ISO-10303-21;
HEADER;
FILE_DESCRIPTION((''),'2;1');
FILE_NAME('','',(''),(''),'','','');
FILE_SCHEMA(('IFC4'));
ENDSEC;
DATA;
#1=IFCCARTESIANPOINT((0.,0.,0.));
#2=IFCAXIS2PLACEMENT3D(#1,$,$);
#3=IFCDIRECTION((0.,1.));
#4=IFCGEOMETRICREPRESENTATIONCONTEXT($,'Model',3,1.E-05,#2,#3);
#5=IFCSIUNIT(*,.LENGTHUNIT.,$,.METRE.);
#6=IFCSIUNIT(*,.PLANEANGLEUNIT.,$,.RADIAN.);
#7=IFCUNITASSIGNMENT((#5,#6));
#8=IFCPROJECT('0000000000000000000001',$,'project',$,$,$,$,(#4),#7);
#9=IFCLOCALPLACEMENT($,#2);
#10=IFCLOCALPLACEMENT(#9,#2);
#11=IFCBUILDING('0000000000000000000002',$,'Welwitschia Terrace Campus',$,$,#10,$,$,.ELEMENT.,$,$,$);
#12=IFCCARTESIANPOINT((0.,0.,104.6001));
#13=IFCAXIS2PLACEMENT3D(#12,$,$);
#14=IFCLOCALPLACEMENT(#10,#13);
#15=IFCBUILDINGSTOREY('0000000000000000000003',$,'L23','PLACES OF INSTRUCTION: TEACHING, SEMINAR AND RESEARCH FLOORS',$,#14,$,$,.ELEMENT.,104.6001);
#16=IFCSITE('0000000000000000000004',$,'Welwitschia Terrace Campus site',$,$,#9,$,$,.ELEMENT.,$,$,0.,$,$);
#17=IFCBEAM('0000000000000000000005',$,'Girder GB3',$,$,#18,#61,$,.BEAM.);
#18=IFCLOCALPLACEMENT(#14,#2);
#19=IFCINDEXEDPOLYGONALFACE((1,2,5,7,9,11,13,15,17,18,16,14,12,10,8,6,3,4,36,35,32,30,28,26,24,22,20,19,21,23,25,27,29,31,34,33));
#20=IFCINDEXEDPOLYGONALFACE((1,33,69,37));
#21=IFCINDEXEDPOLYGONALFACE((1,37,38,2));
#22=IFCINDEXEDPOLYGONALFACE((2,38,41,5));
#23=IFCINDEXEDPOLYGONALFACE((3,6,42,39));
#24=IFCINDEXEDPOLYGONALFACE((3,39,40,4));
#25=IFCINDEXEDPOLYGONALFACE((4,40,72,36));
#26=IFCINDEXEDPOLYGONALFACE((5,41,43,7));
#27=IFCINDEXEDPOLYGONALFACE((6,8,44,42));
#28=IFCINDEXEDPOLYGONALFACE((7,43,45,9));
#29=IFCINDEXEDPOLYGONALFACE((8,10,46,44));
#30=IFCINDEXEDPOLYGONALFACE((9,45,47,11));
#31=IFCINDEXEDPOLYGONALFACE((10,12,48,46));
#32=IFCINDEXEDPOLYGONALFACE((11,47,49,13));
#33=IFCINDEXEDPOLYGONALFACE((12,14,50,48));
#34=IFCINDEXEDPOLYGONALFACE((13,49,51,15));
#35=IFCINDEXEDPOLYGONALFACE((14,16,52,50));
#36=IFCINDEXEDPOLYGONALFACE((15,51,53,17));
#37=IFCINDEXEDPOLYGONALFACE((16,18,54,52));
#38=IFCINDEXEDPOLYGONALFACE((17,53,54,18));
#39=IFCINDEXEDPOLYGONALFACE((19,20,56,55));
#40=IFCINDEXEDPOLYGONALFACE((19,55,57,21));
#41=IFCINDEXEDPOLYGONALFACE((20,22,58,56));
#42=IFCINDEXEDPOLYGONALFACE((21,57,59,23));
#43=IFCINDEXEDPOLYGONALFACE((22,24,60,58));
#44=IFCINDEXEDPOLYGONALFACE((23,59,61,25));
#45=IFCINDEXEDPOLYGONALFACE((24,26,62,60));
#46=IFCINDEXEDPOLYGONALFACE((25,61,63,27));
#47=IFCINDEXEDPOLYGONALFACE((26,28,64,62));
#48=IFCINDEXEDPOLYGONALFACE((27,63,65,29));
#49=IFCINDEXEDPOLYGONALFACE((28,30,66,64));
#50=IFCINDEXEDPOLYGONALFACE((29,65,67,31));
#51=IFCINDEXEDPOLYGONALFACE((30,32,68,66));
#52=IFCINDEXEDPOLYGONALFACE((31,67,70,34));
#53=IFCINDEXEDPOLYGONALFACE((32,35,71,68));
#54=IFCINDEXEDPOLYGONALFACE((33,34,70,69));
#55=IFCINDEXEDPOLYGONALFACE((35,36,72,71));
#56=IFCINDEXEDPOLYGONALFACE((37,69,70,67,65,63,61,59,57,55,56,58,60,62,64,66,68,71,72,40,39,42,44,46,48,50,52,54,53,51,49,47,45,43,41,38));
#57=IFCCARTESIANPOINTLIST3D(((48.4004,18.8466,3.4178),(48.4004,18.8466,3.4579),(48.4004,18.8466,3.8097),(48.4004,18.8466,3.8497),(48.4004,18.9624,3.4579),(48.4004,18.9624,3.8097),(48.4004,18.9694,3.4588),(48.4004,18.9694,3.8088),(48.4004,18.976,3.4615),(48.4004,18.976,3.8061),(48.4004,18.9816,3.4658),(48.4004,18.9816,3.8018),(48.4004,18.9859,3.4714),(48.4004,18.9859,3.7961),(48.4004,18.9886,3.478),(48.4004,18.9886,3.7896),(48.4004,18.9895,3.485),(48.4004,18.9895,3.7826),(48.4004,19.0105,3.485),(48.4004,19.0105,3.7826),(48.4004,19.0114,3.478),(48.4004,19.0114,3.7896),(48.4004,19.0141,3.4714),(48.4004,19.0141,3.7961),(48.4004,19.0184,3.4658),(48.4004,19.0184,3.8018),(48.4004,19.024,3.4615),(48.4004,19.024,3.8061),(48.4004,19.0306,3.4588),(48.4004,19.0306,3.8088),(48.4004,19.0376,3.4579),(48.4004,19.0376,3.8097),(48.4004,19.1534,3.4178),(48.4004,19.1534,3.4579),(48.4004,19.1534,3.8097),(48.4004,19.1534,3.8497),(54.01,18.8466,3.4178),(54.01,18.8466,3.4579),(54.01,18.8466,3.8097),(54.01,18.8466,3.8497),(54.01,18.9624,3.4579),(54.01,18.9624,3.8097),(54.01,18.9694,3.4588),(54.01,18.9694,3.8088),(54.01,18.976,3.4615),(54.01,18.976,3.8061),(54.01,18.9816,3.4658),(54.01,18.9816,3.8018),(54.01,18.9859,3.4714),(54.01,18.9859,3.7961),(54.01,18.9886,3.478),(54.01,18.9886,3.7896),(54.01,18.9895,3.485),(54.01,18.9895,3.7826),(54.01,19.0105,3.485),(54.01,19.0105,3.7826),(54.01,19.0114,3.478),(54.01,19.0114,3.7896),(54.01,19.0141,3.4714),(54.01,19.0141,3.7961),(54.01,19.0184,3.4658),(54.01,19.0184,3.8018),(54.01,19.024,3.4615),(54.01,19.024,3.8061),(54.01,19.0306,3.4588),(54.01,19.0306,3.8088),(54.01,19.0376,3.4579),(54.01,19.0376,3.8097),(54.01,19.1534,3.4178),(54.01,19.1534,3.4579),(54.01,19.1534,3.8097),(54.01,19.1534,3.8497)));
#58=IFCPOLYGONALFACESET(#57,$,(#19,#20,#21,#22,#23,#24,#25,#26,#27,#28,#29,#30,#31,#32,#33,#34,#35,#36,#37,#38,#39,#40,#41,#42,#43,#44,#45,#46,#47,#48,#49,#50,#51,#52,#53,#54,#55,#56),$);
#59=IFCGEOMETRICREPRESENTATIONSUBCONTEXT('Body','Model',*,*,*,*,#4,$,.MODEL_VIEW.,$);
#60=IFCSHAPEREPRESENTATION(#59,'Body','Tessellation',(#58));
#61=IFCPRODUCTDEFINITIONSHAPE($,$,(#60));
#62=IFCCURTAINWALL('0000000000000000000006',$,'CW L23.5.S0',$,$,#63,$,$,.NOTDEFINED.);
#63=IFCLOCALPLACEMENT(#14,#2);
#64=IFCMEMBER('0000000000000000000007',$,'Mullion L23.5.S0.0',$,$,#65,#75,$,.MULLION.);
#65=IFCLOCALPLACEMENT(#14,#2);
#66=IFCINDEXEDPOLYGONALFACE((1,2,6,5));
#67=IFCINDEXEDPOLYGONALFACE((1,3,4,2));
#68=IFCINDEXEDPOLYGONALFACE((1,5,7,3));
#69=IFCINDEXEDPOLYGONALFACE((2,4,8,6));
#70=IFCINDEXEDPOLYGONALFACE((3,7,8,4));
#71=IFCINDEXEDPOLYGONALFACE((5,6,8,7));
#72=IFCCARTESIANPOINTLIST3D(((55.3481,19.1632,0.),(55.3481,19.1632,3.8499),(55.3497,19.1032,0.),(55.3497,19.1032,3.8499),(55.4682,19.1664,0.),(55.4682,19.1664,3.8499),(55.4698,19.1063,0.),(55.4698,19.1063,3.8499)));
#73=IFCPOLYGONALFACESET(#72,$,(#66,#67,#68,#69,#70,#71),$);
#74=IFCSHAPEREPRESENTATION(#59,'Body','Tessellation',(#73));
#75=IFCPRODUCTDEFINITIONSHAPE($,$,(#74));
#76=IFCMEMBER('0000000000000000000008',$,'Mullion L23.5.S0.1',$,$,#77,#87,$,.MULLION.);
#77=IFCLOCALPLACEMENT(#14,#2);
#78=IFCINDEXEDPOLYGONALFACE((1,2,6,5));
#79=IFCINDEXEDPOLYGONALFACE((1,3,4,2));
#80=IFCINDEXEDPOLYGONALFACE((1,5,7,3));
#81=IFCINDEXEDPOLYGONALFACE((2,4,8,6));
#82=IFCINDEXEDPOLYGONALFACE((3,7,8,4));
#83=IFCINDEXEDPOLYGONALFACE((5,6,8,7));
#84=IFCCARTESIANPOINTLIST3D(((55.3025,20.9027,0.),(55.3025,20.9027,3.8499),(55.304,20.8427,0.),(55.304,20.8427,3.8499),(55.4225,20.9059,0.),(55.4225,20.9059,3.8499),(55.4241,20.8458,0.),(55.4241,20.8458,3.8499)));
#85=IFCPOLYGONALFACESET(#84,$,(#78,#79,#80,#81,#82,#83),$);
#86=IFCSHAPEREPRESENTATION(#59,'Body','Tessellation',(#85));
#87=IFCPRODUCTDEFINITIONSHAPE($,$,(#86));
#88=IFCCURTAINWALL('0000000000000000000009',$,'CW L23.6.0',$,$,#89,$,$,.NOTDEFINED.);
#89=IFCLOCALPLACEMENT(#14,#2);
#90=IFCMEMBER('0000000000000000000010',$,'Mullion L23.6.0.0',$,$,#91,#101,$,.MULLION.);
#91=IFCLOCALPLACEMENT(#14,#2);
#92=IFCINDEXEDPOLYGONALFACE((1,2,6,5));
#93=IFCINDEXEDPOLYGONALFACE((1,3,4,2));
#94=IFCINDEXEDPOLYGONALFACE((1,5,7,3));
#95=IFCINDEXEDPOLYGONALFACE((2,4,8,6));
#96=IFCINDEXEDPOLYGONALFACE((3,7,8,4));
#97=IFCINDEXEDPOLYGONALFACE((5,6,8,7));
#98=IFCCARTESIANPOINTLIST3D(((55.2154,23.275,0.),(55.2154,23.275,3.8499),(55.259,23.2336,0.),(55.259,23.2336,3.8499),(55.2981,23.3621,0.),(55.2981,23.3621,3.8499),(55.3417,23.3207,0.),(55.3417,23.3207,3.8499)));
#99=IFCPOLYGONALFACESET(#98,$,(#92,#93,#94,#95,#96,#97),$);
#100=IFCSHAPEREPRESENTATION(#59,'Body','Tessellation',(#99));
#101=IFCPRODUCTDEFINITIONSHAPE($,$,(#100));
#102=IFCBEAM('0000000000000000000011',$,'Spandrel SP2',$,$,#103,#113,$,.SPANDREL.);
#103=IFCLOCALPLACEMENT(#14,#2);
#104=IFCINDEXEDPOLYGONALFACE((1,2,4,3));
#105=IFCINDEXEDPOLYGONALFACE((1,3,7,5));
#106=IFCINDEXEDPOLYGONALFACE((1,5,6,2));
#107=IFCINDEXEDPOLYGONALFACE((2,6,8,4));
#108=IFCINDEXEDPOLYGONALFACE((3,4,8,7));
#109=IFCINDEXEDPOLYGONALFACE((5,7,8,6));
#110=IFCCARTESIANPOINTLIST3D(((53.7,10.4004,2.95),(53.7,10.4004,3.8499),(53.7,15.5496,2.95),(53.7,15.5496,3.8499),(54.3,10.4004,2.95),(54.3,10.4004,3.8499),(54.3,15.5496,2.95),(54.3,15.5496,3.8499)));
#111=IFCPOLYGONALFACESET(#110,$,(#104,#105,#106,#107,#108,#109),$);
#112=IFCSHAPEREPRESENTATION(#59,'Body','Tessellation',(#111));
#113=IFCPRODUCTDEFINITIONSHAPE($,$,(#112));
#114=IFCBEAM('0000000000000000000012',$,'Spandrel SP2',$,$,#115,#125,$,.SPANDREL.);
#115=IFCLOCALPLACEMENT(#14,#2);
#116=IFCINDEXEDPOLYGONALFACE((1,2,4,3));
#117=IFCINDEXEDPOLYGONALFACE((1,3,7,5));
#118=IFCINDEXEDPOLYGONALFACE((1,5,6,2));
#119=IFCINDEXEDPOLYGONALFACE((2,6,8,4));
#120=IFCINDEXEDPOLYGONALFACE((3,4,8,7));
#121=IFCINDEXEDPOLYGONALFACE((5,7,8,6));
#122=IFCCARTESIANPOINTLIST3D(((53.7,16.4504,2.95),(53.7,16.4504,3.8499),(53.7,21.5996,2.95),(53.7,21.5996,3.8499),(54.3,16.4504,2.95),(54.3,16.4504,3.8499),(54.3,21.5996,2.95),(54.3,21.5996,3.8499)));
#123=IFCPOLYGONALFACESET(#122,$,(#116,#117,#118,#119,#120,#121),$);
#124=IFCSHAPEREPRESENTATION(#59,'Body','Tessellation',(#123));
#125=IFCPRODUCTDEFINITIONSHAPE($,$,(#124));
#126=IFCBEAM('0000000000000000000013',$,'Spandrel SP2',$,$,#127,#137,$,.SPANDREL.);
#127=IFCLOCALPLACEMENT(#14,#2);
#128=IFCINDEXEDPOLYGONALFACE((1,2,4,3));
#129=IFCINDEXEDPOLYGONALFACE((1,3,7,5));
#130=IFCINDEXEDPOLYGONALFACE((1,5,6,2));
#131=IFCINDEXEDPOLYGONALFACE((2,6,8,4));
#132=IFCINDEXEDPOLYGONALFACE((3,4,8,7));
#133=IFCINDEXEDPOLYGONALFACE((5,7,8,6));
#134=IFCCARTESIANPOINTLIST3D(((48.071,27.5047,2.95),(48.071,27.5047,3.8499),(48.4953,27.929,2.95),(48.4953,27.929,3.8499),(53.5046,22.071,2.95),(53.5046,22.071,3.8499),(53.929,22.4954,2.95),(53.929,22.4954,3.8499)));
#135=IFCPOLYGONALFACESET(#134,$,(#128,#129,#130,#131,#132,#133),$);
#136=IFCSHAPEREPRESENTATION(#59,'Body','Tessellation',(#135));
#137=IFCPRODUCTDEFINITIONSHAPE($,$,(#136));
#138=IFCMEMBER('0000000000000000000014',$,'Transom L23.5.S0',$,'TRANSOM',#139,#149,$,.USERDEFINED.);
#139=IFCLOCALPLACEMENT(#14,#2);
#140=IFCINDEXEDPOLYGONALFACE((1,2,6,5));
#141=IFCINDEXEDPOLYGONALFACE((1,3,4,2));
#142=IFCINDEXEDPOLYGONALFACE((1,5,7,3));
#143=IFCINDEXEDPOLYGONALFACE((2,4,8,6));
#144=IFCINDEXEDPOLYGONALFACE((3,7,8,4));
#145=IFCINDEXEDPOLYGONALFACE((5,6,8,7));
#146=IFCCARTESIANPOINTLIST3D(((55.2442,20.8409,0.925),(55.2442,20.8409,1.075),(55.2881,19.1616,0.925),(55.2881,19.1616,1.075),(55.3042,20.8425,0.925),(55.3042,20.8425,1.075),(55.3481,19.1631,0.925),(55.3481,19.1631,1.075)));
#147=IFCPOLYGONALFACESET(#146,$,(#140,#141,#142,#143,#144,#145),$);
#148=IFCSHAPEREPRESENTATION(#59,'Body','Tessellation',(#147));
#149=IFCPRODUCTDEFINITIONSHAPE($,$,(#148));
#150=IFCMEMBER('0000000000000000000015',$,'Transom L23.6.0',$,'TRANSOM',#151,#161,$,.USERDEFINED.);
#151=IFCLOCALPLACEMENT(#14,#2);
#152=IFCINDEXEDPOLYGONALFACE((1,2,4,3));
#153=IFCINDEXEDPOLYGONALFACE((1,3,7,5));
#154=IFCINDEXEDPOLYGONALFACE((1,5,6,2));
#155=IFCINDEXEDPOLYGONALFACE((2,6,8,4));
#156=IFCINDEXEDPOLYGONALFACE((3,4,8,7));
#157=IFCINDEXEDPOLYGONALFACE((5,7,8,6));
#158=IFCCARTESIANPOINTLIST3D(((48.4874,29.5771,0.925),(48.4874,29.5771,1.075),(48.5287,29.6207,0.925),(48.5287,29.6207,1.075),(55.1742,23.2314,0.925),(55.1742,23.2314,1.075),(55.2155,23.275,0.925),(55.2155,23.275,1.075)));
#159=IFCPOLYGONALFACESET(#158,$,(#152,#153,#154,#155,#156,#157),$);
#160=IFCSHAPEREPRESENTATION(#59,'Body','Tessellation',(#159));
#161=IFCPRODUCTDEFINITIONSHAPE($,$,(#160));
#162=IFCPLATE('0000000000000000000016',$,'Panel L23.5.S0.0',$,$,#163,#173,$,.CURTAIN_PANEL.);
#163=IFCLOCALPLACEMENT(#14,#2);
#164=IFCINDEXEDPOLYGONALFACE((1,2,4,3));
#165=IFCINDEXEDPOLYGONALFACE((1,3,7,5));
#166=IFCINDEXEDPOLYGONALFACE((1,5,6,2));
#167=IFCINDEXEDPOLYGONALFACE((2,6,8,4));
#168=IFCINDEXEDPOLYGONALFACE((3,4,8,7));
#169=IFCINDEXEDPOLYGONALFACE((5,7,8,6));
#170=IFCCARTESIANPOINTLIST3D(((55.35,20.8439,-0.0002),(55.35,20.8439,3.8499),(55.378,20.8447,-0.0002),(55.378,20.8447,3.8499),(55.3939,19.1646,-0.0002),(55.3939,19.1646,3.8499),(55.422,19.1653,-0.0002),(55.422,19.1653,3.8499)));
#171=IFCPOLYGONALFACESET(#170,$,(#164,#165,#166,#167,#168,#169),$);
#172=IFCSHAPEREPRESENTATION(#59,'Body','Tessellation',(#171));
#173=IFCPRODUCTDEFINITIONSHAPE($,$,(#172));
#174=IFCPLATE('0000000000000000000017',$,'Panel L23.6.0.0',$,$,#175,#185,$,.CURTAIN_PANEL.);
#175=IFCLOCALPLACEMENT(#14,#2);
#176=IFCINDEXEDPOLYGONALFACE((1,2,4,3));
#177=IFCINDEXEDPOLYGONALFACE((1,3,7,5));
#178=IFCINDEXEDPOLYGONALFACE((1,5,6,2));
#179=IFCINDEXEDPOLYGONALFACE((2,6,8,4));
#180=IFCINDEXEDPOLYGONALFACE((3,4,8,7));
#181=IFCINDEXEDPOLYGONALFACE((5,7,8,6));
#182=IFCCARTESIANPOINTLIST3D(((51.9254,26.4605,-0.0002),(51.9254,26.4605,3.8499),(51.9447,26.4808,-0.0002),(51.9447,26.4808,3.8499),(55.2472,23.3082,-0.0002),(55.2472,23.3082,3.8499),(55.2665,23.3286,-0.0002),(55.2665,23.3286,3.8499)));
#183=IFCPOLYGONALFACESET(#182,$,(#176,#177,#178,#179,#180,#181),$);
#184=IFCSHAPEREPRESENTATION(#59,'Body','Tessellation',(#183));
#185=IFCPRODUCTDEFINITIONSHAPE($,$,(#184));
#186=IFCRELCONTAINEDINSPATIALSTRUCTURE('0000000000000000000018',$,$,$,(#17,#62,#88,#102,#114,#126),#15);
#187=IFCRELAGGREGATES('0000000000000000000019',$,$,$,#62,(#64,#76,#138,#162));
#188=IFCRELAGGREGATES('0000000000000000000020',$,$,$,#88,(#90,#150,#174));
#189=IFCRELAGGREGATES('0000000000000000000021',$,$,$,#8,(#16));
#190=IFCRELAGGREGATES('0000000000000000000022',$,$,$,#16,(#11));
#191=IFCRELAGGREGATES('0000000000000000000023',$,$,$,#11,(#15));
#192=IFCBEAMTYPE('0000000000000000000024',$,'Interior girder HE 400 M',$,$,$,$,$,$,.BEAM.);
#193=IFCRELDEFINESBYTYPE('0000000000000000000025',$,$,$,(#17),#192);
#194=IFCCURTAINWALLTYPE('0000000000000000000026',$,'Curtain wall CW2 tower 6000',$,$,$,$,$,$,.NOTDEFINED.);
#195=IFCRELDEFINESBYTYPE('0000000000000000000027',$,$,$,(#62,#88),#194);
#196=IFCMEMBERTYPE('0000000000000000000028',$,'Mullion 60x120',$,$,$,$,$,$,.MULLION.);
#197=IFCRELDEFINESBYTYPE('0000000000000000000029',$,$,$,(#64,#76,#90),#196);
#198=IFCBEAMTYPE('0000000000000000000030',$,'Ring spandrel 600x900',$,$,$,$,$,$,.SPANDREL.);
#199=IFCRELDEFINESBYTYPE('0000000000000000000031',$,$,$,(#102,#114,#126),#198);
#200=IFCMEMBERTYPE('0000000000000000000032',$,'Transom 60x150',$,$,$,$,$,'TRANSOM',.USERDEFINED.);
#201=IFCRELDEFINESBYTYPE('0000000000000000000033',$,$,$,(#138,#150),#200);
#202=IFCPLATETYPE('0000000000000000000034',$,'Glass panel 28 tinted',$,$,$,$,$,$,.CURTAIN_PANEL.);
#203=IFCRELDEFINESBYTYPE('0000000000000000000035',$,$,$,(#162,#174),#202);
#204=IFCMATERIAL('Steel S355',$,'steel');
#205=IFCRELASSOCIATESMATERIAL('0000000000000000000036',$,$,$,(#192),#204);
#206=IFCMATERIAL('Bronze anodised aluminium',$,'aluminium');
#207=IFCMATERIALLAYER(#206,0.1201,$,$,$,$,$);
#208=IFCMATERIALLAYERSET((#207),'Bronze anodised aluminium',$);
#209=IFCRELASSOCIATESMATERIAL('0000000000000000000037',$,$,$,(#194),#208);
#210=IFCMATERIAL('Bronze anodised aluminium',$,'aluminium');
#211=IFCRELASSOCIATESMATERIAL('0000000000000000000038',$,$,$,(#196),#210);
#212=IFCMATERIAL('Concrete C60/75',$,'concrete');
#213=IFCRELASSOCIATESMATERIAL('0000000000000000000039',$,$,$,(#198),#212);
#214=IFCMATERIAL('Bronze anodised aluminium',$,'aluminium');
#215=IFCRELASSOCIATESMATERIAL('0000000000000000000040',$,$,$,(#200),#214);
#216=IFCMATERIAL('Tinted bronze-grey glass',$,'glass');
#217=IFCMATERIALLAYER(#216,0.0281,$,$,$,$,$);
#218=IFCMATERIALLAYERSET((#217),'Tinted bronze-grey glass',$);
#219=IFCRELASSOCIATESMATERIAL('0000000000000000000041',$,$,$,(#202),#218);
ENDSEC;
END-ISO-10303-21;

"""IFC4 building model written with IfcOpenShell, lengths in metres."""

from ifc_helpers import new_model, si_unit, direction, frame, origin, origin_2d, place, context, subcontext, project, spatial, rectangle, i_section, extrude, material, layer, layer_set, material_profile, profile_set, type_object, element, aggregate, save


model = new_model("IFC4")

# Units and contexts
model_context = context("Model", 3, precision=1e-05, world=origin(), true_north=direction((0.0, 1.0)))
body_context = subcontext(model_context, "Body", "Model", "MODEL_VIEW")
ifc_project = project(units=[si_unit("LENGTHUNIT", "METRE"), si_unit("PLANEANGLEUNIT", "RADIAN")], contexts=[model_context])

# Site, building, storey
site_placement = place(None, origin())
site = spatial("IfcSite", under=ifc_project, at=site_placement, Name="Welwitschia Terrace Campus site", CompositionType="ELEMENT", RefElevation=0.0)
building_placement = place(site_placement, origin())
building = spatial("IfcBuilding", under=site, at=building_placement, Name="Welwitschia Terrace Campus", CompositionType="ELEMENT")
storey_placement = place(building_placement, frame((0.0, 0.0, 104.6001)))
storey = spatial("IfcBuildingStorey", under=building, at=storey_placement, Name="L23", Description="PLACES OF INSTRUCTION: TEACHING, SEMINAR AND RESEARCH FLOORS", CompositionType="ELEMENT", Elevation=104.6001)

# Beam
ifc_material_1 = material(Name="Steel S355", Category="steel")
ifc_material_profile_1 = material_profile(ifc_material_1, i_section(OverallWidth=0.3069, OverallDepth=0.4319, WebThickness=0.021, FlangeThickness=0.04, FilletRadius=0.0271, at=origin_2d()))
ifc_profile_set_1 = profile_set([ifc_material_profile_1], Name="Steel S355")
beam_type_1 = type_object("IfcBeamType", Name="Interior girder HE 400 M", PredefinedType="BEAM", material=ifc_profile_set_1)
beam_1_placement = place(storey_placement, frame((48.4004, 19.0, 3.6338), z_axis=(1.0, 0.0, 0.0), x_axis=(0.0, 1.0, 0.0)))
element("IfcBeam", 1, at=beam_1_placement, inside=storey, type_object=beam_type_1, Name="Girder GB3", PredefinedType="BEAM", context=body_context, shape_type="SweptSolid", body=[
    extrude(i_section(OverallWidth=0.3069, OverallDepth=0.4319, WebThickness=0.021, FlangeThickness=0.04, FilletRadius=0.0271, at=origin_2d()), origin(), (0.0, 0.0, 1.0), 5.6096),
])

# Curtain wall, members
ifc_material_2 = material(Name="Bronze anodised aluminium", Category="aluminium")
ifc_layer_1 = layer(ifc_material_2, 0.1201)
ifc_layer_set_1 = layer_set([ifc_layer_1], Name="Bronze anodised aluminium")
curtain_wall_type = type_object("IfcCurtainWallType", Name="Curtain wall CW2 tower 6000", PredefinedType="NOTDEFINED", material=ifc_layer_set_1)
curtain_wall_1_placement = place(storey_placement, origin())
curtain_wall_1 = element("IfcCurtainWall", 2, at=curtain_wall_1_placement, inside=storey, type_object=curtain_wall_type, Name="CW L23.5.S0", PredefinedType="NOTDEFINED")
ifc_material_3 = material(Name="Bronze anodised aluminium", Category="aluminium")
ifc_material_profile_2 = material_profile(ifc_material_3, rectangle(XDim=0.1201, YDim=0.0601, at=origin_2d()))
ifc_profile_set_2 = profile_set([ifc_material_profile_2], Name="Bronze anodised aluminium")
member_type_1 = type_object("IfcMemberType", Name="Mullion 60x120", PredefinedType="MULLION", material=ifc_profile_set_2)
member_1_placement = place(storey_placement, frame((55.4089, 19.1348, 0.0), z_axis=(0.0, 0.0, 1.0), x_axis=(-0.999657, -0.026177, 0.0)))
member_1 = element("IfcMember", 3, at=member_1_placement, type_object=member_type_1, Name="Mullion L23.5.S0.0", PredefinedType="MULLION", context=body_context, shape_type="SweptSolid", body=[
    extrude(rectangle(XDim=0.1201, YDim=0.0601, at=origin_2d()), origin(), (0.0, 0.0, 1.0), 3.8499),
])
member_2_placement = place(storey_placement, frame((55.3633, 20.8743, 0.0), z_axis=(0.0, 0.0, 1.0), x_axis=(-0.999657, -0.026177, 0.0)))
member_2 = element("IfcMember", 4, at=member_2_placement, type_object=member_type_1, Name="Mullion L23.5.S0.1", PredefinedType="MULLION", context=body_context, shape_type="SweptSolid", body=[
    extrude(rectangle(XDim=0.1201, YDim=0.0601, at=origin_2d()), origin(), (0.0, 0.0, 1.0), 3.8499),
])

# Curtain wall, member
curtain_wall_2_placement = place(storey_placement, origin())
curtain_wall_2 = element("IfcCurtainWall", 5, at=curtain_wall_2_placement, inside=storey, type_object=curtain_wall_type, Name="CW L23.6.0", PredefinedType="NOTDEFINED")
member_3_placement = place(storey_placement, frame((55.2786, 23.2979, 0.0), z_axis=(0.0, 0.0, 1.0), x_axis=(-0.688355, -0.725374, 0.0)))
member_3 = element("IfcMember", 6, at=member_3_placement, type_object=member_type_1, Name="Mullion L23.6.0.0", PredefinedType="MULLION", context=body_context, shape_type="SweptSolid", body=[
    extrude(rectangle(XDim=0.1201, YDim=0.0601, at=origin_2d()), origin(), (0.0, 0.0, 1.0), 3.8499),
])

# Beams
ifc_material_4 = material(Name="Concrete C60/75", Category="concrete")
ifc_material_profile_3 = material_profile(ifc_material_4, rectangle(XDim=0.6001, YDim=0.8999, at=origin_2d()))
ifc_profile_set_3 = profile_set([ifc_material_profile_3], Name="Concrete C60/75")
beam_type_2 = type_object("IfcBeamType", Name="Ring spandrel 600x900", PredefinedType="SPANDREL", material=ifc_profile_set_3)
for number, where, z_axis, x_axis, name in (
    (7, (54.0, 10.4004, 3.3999), (0.0, 1.0, 0.0), (-1.0, 0.0, 0.0), "Spandrel SP2"),
    (8, (54.0, 16.4504, 3.3999), (0.0, 1.0, 0.0), (-1.0, 0.0, 0.0), "Spandrel SP2"),
):
    element("IfcBeam", number, at=place(storey_placement, frame(where, z_axis=z_axis, x_axis=x_axis)), inside=storey, type_object=beam_type_2, Name=name, PredefinedType="SPANDREL", context=body_context, shape_type="SweptSolid", body=[
        extrude(rectangle(XDim=0.6001, YDim=0.8999, at=origin_2d()), origin(), (0.0, 0.0, 1.0), 5.1492),
    ])
beam_2_placement = place(storey_placement, frame((53.7168, 22.2832, 3.3999), z_axis=(-0.707107, 0.707107, 0.0), x_axis=(-0.707107, -0.707107, 0.0)))
element("IfcBeam", 9, at=beam_2_placement, inside=storey, type_object=beam_type_2, Name="Spandrel SP2", PredefinedType="SPANDREL", context=body_context, shape_type="SweptSolid", body=[
    extrude(rectangle(XDim=0.6001, YDim=0.8999, at=origin_2d()), origin(), (0.0, 0.0, 1.0), 7.6843),
])

# Members
ifc_material_5 = material(Name="Bronze anodised aluminium", Category="aluminium")
ifc_material_profile_4 = material_profile(ifc_material_5, rectangle(XDim=0.0601, YDim=0.1499, at=origin_2d()))
ifc_profile_set_4 = profile_set([ifc_material_profile_4], Name="Bronze anodised aluminium")
member_type_2 = type_object("IfcMemberType", Name="Transom 60x150", ElementType="TRANSOM", PredefinedType="USERDEFINED", material=ifc_profile_set_4)
member_4_placement = place(storey_placement, frame((55.3181, 19.1624, 1.0), z_axis=(-0.026158, 0.999658, 0.0), x_axis=(-0.999658, -0.026158, 0.0)))
member_4 = element("IfcMember", 10, at=member_4_placement, type_object=member_type_2, Name="Transom L23.5.S0", ObjectType="TRANSOM", PredefinedType="USERDEFINED", context=body_context, shape_type="SweptSolid", body=[
    extrude(rectangle(XDim=0.0601, YDim=0.1499, at=origin_2d()), origin(), (0.0, 0.0, 1.0), 1.6799),
])
member_5_placement = place(storey_placement, frame((55.1948, 23.2532, 1.0), z_axis=(-0.725364, 0.688366, 0.0), x_axis=(-0.688366, -0.725364, 0.0)))
member_5 = element("IfcMember", 11, at=member_5_placement, type_object=member_type_2, Name="Transom L23.6.0", ObjectType="TRANSOM", PredefinedType="USERDEFINED", context=body_context, shape_type="SweptSolid", body=[
    extrude(rectangle(XDim=0.0601, YDim=0.1499, at=origin_2d()), origin(), (0.0, 0.0, 1.0), 9.2185),
])

# Plates
ifc_material_6 = material(Name="Tinted bronze-grey glass", Category="glass")
ifc_layer_2 = layer(ifc_material_6, 0.0281)
ifc_layer_set_2 = layer_set([ifc_layer_2], Name="Tinted bronze-grey glass")
plate_type = type_object("IfcPlateType", Name="Glass panel 28 tinted", PredefinedType="CURTAIN_PANEL", material=ifc_layer_set_2)
plate_1_placement = place(storey_placement, frame((55.386, 20.0046, -0.0002), z_axis=(0.0, 0.0, 1.0), x_axis=(-0.026177, 0.999657, 0.0)))
plate_1 = element("IfcPlate", 12, at=plate_1_placement, type_object=plate_type, Name="Panel L23.5.S0.0", PredefinedType="CURTAIN_PANEL", context=body_context, shape_type="SweptSolid", body=[
    extrude(rectangle(XDim=1.6799, YDim=0.0281, at=origin_2d()), origin(), (0.0, 0.0, 1.0), 3.8501),
])
aggregate(curtain_wall_1, [member_1, member_2, member_4, plate_1])
plate_2_placement = place(storey_placement, frame((53.5959, 24.8945, -0.0002), z_axis=(0.0, 0.0, 1.0), x_axis=(-0.725374, 0.688355, 0.0)))
plate_2 = element("IfcPlate", 13, at=plate_2_placement, type_object=plate_type, Name="Panel L23.6.0.0", PredefinedType="CURTAIN_PANEL", context=body_context, shape_type="SweptSolid", body=[
    extrude(rectangle(XDim=4.5793, YDim=0.0281, at=origin_2d()), origin(), (0.0, 0.0, 1.0), 3.8501),
])
aggregate(curtain_wall_2, [member_3, member_5, plate_2])

save(model, "model.ifc")
